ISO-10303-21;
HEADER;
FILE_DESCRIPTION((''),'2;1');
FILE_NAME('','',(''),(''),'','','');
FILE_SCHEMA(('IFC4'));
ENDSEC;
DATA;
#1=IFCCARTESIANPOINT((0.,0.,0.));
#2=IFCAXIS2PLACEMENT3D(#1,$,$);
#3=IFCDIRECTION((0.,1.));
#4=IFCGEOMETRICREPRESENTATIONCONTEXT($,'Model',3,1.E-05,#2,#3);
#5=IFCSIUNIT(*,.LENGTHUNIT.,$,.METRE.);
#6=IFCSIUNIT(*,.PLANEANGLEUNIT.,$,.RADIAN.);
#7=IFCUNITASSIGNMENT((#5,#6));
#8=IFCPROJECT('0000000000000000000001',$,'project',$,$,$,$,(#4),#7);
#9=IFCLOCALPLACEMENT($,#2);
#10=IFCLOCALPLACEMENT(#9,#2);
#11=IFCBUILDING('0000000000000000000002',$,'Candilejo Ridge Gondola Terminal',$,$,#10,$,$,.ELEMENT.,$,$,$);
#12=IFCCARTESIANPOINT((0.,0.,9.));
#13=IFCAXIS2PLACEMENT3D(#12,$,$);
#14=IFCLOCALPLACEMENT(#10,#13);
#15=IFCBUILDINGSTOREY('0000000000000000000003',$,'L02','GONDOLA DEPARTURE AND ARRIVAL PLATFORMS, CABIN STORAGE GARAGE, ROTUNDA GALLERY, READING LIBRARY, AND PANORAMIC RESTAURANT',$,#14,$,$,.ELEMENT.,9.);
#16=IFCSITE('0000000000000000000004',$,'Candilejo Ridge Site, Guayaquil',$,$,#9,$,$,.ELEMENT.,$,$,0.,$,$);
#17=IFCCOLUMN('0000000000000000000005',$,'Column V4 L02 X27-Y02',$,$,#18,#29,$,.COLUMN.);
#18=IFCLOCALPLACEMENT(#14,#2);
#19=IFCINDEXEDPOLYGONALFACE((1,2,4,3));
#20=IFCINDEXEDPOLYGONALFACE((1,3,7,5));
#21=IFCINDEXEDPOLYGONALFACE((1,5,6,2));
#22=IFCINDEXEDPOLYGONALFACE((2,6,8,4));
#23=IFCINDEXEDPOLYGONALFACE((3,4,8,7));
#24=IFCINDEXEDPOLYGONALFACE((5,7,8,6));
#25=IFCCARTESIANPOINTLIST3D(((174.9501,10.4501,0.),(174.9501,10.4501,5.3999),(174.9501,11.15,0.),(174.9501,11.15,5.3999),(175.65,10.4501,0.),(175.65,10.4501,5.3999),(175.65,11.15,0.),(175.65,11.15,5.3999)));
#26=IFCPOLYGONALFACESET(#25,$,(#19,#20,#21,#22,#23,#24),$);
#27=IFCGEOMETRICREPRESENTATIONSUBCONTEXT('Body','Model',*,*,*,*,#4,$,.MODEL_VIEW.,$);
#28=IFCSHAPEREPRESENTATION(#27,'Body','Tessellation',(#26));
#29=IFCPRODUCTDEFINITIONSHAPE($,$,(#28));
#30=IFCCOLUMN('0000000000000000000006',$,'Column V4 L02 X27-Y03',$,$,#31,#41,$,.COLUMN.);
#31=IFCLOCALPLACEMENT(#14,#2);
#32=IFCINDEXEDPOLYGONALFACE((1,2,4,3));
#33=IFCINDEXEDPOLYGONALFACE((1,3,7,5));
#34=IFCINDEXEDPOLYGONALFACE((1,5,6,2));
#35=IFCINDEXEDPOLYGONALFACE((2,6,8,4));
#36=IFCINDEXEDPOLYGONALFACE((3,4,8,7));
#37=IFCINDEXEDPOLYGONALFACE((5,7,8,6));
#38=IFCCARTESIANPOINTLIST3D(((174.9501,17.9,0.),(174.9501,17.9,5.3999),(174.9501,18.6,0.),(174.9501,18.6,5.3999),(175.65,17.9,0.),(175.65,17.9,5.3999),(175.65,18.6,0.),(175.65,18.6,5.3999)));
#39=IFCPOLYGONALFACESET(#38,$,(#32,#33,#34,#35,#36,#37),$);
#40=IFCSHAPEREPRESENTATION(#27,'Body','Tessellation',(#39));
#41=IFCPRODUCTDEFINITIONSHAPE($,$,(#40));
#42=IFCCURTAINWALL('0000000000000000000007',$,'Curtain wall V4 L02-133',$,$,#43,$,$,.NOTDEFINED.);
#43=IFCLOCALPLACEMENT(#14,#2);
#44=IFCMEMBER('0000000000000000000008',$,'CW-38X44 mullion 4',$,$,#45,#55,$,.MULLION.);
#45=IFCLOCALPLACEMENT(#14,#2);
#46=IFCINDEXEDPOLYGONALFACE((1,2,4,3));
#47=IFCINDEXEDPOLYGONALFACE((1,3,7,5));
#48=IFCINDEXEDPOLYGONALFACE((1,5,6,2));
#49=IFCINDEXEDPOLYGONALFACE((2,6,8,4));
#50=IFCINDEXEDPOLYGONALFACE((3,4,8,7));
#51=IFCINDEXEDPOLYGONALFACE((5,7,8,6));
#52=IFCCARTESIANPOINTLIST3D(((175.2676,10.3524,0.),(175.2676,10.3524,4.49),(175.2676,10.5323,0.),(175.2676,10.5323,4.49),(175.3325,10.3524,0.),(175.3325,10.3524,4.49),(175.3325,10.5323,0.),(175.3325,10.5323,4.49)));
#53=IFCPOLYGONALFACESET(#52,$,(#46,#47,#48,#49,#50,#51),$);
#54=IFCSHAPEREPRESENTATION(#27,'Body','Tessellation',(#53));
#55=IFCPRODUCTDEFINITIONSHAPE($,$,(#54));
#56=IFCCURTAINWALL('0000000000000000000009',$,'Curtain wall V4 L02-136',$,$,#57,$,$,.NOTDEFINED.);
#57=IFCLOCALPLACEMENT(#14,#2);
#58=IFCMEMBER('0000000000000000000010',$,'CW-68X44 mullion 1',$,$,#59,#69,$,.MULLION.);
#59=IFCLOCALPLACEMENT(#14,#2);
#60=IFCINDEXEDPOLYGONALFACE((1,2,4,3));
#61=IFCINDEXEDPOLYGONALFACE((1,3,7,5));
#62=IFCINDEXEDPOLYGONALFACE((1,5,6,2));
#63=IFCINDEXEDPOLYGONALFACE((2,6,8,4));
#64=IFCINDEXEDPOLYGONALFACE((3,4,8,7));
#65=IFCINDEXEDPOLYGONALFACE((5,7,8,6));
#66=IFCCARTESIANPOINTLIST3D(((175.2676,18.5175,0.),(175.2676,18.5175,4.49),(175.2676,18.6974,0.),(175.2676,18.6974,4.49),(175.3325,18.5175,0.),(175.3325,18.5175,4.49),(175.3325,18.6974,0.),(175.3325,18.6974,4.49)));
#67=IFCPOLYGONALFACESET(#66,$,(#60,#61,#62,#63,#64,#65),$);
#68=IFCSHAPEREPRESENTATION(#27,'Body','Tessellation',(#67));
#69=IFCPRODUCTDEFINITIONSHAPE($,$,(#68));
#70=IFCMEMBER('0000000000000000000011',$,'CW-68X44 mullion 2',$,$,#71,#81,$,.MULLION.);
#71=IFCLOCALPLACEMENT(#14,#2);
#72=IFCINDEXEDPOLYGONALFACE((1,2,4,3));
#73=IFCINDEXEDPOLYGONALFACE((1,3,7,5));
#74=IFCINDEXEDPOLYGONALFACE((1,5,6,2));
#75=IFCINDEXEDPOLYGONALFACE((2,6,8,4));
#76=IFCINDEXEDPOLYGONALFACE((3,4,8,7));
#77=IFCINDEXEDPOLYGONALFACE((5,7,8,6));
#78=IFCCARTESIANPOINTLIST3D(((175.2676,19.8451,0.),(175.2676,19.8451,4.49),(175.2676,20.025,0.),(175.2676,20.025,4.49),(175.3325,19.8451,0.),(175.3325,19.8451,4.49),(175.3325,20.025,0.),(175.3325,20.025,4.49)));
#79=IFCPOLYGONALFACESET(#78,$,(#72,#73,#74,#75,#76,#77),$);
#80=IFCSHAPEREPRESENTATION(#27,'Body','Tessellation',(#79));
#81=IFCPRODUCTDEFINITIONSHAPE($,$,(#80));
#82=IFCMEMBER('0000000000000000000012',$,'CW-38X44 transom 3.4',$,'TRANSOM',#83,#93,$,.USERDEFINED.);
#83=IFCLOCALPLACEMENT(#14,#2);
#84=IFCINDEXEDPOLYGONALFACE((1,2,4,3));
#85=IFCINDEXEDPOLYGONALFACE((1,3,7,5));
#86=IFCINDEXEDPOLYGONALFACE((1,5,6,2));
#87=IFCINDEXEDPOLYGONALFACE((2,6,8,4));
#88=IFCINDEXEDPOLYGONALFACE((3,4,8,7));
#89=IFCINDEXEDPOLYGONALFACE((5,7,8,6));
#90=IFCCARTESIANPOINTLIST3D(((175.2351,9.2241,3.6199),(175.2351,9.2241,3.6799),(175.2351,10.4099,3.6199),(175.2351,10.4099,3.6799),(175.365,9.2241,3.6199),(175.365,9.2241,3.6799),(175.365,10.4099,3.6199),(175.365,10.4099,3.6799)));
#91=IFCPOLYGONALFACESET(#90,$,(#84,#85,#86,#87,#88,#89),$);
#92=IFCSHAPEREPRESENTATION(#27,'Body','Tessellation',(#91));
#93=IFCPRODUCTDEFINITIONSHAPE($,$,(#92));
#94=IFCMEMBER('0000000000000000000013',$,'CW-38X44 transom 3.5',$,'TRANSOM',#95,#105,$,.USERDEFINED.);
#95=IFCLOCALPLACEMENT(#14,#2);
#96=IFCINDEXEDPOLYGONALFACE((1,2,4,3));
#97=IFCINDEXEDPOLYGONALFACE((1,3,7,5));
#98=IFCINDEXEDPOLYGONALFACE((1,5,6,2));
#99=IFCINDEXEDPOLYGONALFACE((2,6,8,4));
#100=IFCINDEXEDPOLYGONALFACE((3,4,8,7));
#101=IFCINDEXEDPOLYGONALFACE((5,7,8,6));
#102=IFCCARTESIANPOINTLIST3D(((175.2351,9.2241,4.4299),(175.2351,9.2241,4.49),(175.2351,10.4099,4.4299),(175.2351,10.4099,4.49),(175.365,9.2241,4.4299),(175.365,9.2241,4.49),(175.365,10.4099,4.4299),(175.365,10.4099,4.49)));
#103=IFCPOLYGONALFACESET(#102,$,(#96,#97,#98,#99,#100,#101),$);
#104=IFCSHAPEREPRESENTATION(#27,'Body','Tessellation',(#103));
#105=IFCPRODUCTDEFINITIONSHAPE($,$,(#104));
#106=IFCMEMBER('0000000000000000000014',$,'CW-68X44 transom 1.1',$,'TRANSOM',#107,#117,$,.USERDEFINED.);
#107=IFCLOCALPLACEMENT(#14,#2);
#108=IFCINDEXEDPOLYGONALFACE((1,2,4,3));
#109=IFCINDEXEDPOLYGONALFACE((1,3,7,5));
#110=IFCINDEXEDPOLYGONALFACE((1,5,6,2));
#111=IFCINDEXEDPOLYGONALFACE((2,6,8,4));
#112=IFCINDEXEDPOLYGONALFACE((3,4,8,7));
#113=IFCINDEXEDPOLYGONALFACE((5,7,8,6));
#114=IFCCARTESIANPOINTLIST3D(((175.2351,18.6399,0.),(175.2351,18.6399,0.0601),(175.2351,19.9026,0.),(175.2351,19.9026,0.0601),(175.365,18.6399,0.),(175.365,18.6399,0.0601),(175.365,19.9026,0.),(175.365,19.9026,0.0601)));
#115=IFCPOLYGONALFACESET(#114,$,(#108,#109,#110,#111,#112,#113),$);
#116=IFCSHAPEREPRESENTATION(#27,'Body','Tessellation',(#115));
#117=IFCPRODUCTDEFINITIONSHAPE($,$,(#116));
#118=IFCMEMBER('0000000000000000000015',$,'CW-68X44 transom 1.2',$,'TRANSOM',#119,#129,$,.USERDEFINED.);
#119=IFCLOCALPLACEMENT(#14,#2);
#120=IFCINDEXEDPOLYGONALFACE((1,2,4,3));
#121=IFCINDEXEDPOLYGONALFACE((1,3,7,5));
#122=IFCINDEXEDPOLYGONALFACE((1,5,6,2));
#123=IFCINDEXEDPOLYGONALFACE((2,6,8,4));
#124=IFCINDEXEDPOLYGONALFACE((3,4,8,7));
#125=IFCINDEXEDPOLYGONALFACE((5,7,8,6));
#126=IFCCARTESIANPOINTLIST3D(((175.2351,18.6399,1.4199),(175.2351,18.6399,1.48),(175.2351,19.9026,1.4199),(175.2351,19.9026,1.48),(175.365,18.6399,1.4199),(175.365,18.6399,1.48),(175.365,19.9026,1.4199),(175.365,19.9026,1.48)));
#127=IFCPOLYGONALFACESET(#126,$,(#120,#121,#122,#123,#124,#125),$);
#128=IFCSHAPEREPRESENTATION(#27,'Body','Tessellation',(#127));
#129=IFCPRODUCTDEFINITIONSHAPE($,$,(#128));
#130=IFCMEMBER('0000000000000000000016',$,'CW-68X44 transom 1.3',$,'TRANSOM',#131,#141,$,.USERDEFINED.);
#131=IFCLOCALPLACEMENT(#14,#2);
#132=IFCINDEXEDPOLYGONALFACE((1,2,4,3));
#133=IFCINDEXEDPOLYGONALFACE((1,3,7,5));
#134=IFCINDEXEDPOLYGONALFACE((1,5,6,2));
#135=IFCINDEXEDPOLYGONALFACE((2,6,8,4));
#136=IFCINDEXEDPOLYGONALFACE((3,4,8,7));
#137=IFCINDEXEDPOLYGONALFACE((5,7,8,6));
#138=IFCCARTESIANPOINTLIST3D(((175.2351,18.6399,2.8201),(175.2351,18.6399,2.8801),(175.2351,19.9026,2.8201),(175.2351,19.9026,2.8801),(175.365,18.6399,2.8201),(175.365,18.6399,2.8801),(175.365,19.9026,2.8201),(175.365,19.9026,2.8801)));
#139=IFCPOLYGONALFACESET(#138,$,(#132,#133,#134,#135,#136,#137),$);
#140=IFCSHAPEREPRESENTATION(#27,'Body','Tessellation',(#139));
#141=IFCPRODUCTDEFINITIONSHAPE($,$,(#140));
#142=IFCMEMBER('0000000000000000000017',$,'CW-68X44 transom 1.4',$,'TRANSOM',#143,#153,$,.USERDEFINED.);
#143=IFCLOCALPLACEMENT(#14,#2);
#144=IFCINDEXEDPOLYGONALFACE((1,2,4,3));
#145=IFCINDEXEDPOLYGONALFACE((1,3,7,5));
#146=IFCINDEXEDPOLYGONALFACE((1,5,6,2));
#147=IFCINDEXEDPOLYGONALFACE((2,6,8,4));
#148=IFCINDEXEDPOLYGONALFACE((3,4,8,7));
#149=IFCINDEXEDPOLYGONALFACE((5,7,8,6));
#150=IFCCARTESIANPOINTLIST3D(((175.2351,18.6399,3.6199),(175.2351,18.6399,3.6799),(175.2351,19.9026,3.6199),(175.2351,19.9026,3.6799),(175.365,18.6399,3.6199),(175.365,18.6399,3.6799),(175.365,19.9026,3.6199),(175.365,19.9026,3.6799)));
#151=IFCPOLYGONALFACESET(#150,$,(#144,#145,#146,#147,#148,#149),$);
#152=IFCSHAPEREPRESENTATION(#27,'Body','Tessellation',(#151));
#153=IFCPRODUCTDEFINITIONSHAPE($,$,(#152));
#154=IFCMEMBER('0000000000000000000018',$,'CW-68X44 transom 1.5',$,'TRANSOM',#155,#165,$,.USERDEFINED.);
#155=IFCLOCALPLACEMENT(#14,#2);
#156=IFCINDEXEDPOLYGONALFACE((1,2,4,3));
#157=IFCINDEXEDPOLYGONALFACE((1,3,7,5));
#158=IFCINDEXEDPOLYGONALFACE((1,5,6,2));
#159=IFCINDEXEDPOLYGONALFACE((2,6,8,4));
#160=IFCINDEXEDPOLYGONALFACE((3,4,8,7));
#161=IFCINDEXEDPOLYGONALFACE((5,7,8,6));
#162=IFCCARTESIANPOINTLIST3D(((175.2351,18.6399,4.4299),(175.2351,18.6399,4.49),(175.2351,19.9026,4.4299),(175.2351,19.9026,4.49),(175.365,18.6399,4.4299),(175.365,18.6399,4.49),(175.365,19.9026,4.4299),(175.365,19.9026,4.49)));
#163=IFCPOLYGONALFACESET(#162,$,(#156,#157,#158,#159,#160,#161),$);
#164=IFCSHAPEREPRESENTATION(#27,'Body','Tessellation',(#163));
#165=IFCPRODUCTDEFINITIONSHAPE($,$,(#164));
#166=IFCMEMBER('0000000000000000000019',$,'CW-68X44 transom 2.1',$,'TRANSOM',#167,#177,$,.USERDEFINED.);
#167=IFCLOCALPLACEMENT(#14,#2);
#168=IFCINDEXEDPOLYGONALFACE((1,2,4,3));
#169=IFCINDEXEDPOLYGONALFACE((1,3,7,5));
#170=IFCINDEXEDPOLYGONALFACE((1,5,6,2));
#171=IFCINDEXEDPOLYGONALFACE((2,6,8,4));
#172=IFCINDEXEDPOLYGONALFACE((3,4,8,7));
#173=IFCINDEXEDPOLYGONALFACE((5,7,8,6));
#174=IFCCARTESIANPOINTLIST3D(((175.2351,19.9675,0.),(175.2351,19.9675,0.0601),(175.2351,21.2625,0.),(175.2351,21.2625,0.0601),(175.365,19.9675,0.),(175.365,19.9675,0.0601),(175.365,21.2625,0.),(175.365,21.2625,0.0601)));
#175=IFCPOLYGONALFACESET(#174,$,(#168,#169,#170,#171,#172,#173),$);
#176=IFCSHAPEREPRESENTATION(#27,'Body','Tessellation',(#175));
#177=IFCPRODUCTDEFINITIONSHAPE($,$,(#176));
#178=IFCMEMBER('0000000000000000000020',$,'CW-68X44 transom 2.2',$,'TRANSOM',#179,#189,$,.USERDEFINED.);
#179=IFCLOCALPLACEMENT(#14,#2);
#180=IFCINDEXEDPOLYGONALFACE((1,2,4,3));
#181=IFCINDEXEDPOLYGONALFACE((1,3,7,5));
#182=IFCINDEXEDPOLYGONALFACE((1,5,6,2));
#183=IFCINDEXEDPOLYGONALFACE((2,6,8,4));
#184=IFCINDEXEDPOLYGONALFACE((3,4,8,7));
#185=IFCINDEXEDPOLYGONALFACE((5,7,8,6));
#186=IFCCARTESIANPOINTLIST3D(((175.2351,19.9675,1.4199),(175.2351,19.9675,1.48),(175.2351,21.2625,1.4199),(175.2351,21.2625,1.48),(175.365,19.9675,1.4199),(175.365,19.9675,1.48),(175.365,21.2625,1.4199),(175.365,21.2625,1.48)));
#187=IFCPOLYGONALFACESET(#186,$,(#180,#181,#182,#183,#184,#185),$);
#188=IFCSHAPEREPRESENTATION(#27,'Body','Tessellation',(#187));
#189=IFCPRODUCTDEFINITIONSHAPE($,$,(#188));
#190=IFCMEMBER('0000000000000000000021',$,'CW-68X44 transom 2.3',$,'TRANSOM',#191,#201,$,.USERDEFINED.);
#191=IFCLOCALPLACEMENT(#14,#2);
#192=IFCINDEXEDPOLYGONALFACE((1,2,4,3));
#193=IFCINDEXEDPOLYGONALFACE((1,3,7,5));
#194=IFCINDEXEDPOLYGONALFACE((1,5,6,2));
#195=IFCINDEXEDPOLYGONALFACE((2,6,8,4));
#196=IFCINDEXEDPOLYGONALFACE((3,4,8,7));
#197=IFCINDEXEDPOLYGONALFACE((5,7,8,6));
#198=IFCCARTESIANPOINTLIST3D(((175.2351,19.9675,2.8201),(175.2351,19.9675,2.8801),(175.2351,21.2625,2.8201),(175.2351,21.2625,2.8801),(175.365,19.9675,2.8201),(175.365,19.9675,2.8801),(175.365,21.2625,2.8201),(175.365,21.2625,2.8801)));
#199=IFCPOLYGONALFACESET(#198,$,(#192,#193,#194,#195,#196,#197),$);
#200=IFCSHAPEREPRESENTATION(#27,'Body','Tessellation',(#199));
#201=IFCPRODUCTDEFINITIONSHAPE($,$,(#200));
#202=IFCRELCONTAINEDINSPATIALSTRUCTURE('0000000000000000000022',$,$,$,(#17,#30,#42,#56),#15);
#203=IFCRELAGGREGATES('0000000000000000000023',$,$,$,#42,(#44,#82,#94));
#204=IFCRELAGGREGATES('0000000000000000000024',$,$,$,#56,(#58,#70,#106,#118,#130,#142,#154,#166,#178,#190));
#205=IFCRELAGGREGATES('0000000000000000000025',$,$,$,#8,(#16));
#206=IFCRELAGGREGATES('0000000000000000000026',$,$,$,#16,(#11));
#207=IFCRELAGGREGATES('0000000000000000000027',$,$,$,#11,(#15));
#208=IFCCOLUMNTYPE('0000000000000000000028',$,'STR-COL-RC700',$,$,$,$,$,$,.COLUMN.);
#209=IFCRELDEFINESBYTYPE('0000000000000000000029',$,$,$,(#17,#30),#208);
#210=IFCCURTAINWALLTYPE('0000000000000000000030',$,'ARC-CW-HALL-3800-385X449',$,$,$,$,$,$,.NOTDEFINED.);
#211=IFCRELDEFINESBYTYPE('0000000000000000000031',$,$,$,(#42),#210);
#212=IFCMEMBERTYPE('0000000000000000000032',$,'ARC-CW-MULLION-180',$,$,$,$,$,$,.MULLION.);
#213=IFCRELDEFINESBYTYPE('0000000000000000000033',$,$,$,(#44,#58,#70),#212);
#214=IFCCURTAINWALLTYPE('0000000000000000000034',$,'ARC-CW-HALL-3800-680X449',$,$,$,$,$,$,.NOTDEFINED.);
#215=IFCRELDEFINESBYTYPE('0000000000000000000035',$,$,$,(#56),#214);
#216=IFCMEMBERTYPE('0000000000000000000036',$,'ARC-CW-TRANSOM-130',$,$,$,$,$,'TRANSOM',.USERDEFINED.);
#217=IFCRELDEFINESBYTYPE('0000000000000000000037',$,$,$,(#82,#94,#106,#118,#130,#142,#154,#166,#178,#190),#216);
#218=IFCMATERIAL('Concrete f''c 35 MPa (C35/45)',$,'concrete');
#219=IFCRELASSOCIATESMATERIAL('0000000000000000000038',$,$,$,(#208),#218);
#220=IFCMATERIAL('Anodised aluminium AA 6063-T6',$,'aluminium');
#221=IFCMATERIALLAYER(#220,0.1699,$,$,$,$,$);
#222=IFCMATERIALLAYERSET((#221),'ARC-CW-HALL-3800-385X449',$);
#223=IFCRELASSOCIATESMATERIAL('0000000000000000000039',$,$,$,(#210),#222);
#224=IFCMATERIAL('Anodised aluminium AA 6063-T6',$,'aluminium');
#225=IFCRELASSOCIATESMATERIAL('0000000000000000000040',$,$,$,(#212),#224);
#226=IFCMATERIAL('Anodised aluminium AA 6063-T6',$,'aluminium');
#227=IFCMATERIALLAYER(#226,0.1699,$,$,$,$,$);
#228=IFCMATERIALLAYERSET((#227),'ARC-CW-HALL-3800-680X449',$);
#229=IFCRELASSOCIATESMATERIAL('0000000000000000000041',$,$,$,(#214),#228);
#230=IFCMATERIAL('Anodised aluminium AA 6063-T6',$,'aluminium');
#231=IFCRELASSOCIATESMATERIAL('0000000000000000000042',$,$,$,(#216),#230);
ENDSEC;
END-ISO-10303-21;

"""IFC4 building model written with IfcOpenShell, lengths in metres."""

from ifc_helpers import new_model, si_unit, direction, frame, origin, origin_2d, place, context, subcontext, project, spatial, rectangle, extrude, material, layer, layer_set, material_profile, profile_set, type_object, element, aggregate, save


model = new_model("IFC4")

# Units and contexts
model_context = context("Model", 3, precision=1e-05, world=origin(), true_north=direction((0.0, 1.0)))
body_context = subcontext(model_context, "Body", "Model", "MODEL_VIEW")
ifc_project = project(units=[si_unit("LENGTHUNIT", "METRE"), si_unit("PLANEANGLEUNIT", "RADIAN")], contexts=[model_context])

# Site, building, storey
site_placement = place(None, origin())
site = spatial("IfcSite", under=ifc_project, at=site_placement, Name="Candilejo Ridge Site, Guayaquil", CompositionType="ELEMENT", RefElevation=0.0)
building_placement = place(site_placement, origin())
building = spatial("IfcBuilding", under=site, at=building_placement, Name="Candilejo Ridge Gondola Terminal", CompositionType="ELEMENT")
storey_placement = place(building_placement, frame((0.0, 0.0, 9.0)))
storey = spatial("IfcBuildingStorey", under=building, at=storey_placement, Name="L02", Description="GONDOLA DEPARTURE AND ARRIVAL PLATFORMS, CABIN STORAGE GARAGE, ROTUNDA GALLERY, READING LIBRARY, AND PANORAMIC RESTAURANT", CompositionType="ELEMENT", Elevation=9.0)

# Columns
ifc_material_1 = material(Name="Concrete f'c 35 MPa (C35/45)", Category="concrete")
ifc_material_profile_1 = material_profile(ifc_material_1, rectangle(XDim=0.7, YDim=0.7, at=origin_2d()))
ifc_profile_set_1 = profile_set([ifc_material_profile_1], Name="Concrete f'c 35 MPa (C35/45)")
column_type = type_object("IfcColumnType", Name="STR-COL-RC700", PredefinedType="COLUMN", material=ifc_profile_set_1)
for number, where, z_axis, x_axis, name in (
    (1, (175.3, 10.8, 0.0), (0.0, 0.0, 1.0), (1.0, 0.0, 0.0), "Column V4 L02 X27-Y02"),
    (2, (175.3, 18.25, 0.0), (0.0, 0.0, 1.0), (1.0, 0.0, 0.0), "Column V4 L02 X27-Y03"),
):
    element("IfcColumn", number, at=place(storey_placement, frame(where, z_axis=z_axis, x_axis=x_axis)), inside=storey, type_object=column_type, Name=name, PredefinedType="COLUMN", context=body_context, shape_type="SweptSolid", body=[
        extrude(rectangle(XDim=0.7, YDim=0.7, at=origin_2d()), origin(), (0.0, 0.0, 1.0), 5.3999),
    ])

# Curtain wall, member
ifc_material_2 = material(Name="Anodised aluminium AA 6063-T6", Category="aluminium")
ifc_layer_1 = layer(ifc_material_2, 0.1699)
ifc_layer_set_1 = layer_set([ifc_layer_1], Name="ARC-CW-HALL-3800-385X449")
curtain_wall_type_1 = type_object("IfcCurtainWallType", Name="ARC-CW-HALL-3800-385X449", PredefinedType="NOTDEFINED", material=ifc_layer_set_1)
curtain_wall_1_placement = place(storey_placement, origin())
curtain_wall_1 = element("IfcCurtainWall", 3, at=curtain_wall_1_placement, inside=storey, type_object=curtain_wall_type_1, Name="Curtain wall V4 L02-133", PredefinedType="NOTDEFINED")
ifc_material_3 = material(Name="Anodised aluminium AA 6063-T6", Category="aluminium")
ifc_material_profile_2 = material_profile(ifc_material_3, rectangle(XDim=0.0649, YDim=0.1799, at=origin_2d()))
ifc_profile_set_2 = profile_set([ifc_material_profile_2], Name="Anodised aluminium AA 6063-T6")
member_type_1 = type_object("IfcMemberType", Name="ARC-CW-MULLION-180", PredefinedType="MULLION", material=ifc_profile_set_2)
member_1_placement = place(storey_placement, frame((175.3, 10.4424, 0.0), z_axis=(0.0, 0.0, 1.0), x_axis=(-1.0, 0.0, 0.0)))
member_1 = element("IfcMember", 4, at=member_1_placement, type_object=member_type_1, Name="CW-38X44 mullion 4", PredefinedType="MULLION", context=body_context, shape_type="SweptSolid", body=[
    extrude(rectangle(XDim=0.0649, YDim=0.1799, at=origin_2d()), origin(), (0.0, 0.0, 1.0), 4.49),
])

# Curtain wall, members
ifc_material_4 = material(Name="Anodised aluminium AA 6063-T6", Category="aluminium")
ifc_layer_2 = layer(ifc_material_4, 0.1699)
ifc_layer_set_2 = layer_set([ifc_layer_2], Name="ARC-CW-HALL-3800-680X449")
curtain_wall_type_2 = type_object("IfcCurtainWallType", Name="ARC-CW-HALL-3800-680X449", PredefinedType="NOTDEFINED", material=ifc_layer_set_2)
curtain_wall_2_placement = place(storey_placement, origin())
curtain_wall_2 = element("IfcCurtainWall", 5, at=curtain_wall_2_placement, inside=storey, type_object=curtain_wall_type_2, Name="Curtain wall V4 L02-136", PredefinedType="NOTDEFINED")
member_2_placement = place(storey_placement, frame((175.3, 18.6074, 0.0), z_axis=(0.0, 0.0, 1.0), x_axis=(-1.0, 0.0, 0.0)))
member_2 = element("IfcMember", 6, at=member_2_placement, type_object=member_type_1, Name="CW-68X44 mullion 1", PredefinedType="MULLION", context=body_context, shape_type="SweptSolid", body=[
    extrude(rectangle(XDim=0.0649, YDim=0.1799, at=origin_2d()), origin(), (0.0, 0.0, 1.0), 4.49),
])
member_3_placement = place(storey_placement, frame((175.3, 19.9351, 0.0), z_axis=(0.0, 0.0, 1.0), x_axis=(-1.0, 0.0, 0.0)))
member_3 = element("IfcMember", 7, at=member_3_placement, type_object=member_type_1, Name="CW-68X44 mullion 2", PredefinedType="MULLION", context=body_context, shape_type="SweptSolid", body=[
    extrude(rectangle(XDim=0.0649, YDim=0.1799, at=origin_2d()), origin(), (0.0, 0.0, 1.0), 4.49),
])

# Members
ifc_material_5 = material(Name="Anodised aluminium AA 6063-T6", Category="aluminium")
ifc_material_profile_3 = material_profile(ifc_material_5, rectangle(XDim=0.1299, YDim=0.0601, at=origin_2d()))
ifc_profile_set_3 = profile_set([ifc_material_profile_3], Name="Anodised aluminium AA 6063-T6")
member_type_2 = type_object("IfcMemberType", Name="ARC-CW-TRANSOM-130", ElementType="TRANSOM", PredefinedType="USERDEFINED", material=ifc_profile_set_3)
member_4_placement = place(storey_placement, frame((175.3, 9.2241, 3.6499), z_axis=(0.0, 1.0, 0.0), x_axis=(-1.0, 0.0, 0.0)))
member_4 = element("IfcMember", 8, at=member_4_placement, type_object=member_type_2, Name="CW-38X44 transom 3.4", ObjectType="TRANSOM", PredefinedType="USERDEFINED", context=body_context, shape_type="SweptSolid", body=[
    extrude(rectangle(XDim=0.1299, YDim=0.0601, at=origin_2d()), origin(), (0.0, 0.0, 1.0), 1.1858),
])
member_5_placement = place(storey_placement, frame((175.3, 9.2241, 4.46), z_axis=(0.0, 1.0, 0.0), x_axis=(-1.0, 0.0, 0.0)))
member_5 = element("IfcMember", 9, at=member_5_placement, type_object=member_type_2, Name="CW-38X44 transom 3.5", ObjectType="TRANSOM", PredefinedType="USERDEFINED", context=body_context, shape_type="SweptSolid", body=[
    extrude(rectangle(XDim=0.1299, YDim=0.0601, at=origin_2d()), origin(), (0.0, 0.0, 1.0), 1.1858),
])
member_6_placement = place(storey_placement, frame((175.3, 18.6399, 0.03), z_axis=(0.0, 1.0, 0.0), x_axis=(-1.0, 0.0, 0.0)))
member_6 = element("IfcMember", 10, at=member_6_placement, type_object=member_type_2, Name="CW-68X44 transom 1.1", ObjectType="TRANSOM", PredefinedType="USERDEFINED", context=body_context, shape_type="SweptSolid", body=[
    extrude(rectangle(XDim=0.1299, YDim=0.0601, at=origin_2d()), origin(), (0.0, 0.0, 1.0), 1.2627),
])
member_7_placement = place(storey_placement, frame((175.3, 18.6399, 1.45), z_axis=(0.0, 1.0, 0.0), x_axis=(-1.0, 0.0, 0.0)))
member_7 = element("IfcMember", 11, at=member_7_placement, type_object=member_type_2, Name="CW-68X44 transom 1.2", ObjectType="TRANSOM", PredefinedType="USERDEFINED", context=body_context, shape_type="SweptSolid", body=[
    extrude(rectangle(XDim=0.1299, YDim=0.0601, at=origin_2d()), origin(), (0.0, 0.0, 1.0), 1.2627),
])
member_8_placement = place(storey_placement, frame((175.3, 18.6399, 2.8501), z_axis=(0.0, 1.0, 0.0), x_axis=(-1.0, 0.0, 0.0)))
member_8 = element("IfcMember", 12, at=member_8_placement, type_object=member_type_2, Name="CW-68X44 transom 1.3", ObjectType="TRANSOM", PredefinedType="USERDEFINED", context=body_context, shape_type="SweptSolid", body=[
    extrude(rectangle(XDim=0.1299, YDim=0.0601, at=origin_2d()), origin(), (0.0, 0.0, 1.0), 1.2627),
])
member_9_placement = place(storey_placement, frame((175.3, 18.6399, 3.6499), z_axis=(0.0, 1.0, 0.0), x_axis=(-1.0, 0.0, 0.0)))
member_9 = element("IfcMember", 13, at=member_9_placement, type_object=member_type_2, Name="CW-68X44 transom 1.4", ObjectType="TRANSOM", PredefinedType="USERDEFINED", context=body_context, shape_type="SweptSolid", body=[
    extrude(rectangle(XDim=0.1299, YDim=0.0601, at=origin_2d()), origin(), (0.0, 0.0, 1.0), 1.2627),
])
member_10_placement = place(storey_placement, frame((175.3, 18.6399, 4.46), z_axis=(0.0, 1.0, 0.0), x_axis=(-1.0, 0.0, 0.0)))
member_10 = element("IfcMember", 14, at=member_10_placement, type_object=member_type_2, Name="CW-68X44 transom 1.5", ObjectType="TRANSOM", PredefinedType="USERDEFINED", context=body_context, shape_type="SweptSolid", body=[
    extrude(rectangle(XDim=0.1299, YDim=0.0601, at=origin_2d()), origin(), (0.0, 0.0, 1.0), 1.2627),
])
member_11_placement = place(storey_placement, frame((175.3, 19.9675, 0.03), z_axis=(0.0, 1.0, 0.0), x_axis=(-1.0, 0.0, 0.0)))
member_11 = element("IfcMember", 15, at=member_11_placement, type_object=member_type_2, Name="CW-68X44 transom 2.1", ObjectType="TRANSOM", PredefinedType="USERDEFINED", context=body_context, shape_type="SweptSolid", body=[
    extrude(rectangle(XDim=0.1299, YDim=0.0601, at=origin_2d()), origin(), (0.0, 0.0, 1.0), 1.2949),
])
member_12_placement = place(storey_placement, frame((175.3, 19.9675, 1.45), z_axis=(0.0, 1.0, 0.0), x_axis=(-1.0, 0.0, 0.0)))
member_12 = element("IfcMember", 16, at=member_12_placement, type_object=member_type_2, Name="CW-68X44 transom 2.2", ObjectType="TRANSOM", PredefinedType="USERDEFINED", context=body_context, shape_type="SweptSolid", body=[
    extrude(rectangle(XDim=0.1299, YDim=0.0601, at=origin_2d()), origin(), (0.0, 0.0, 1.0), 1.2949),
])
member_13_placement = place(storey_placement, frame((175.3, 19.9675, 2.8501), z_axis=(0.0, 1.0, 0.0), x_axis=(-1.0, 0.0, 0.0)))
member_13 = element("IfcMember", 17, at=member_13_placement, type_object=member_type_2, Name="CW-68X44 transom 2.3", ObjectType="TRANSOM", PredefinedType="USERDEFINED", context=body_context, shape_type="SweptSolid", body=[
    extrude(rectangle(XDim=0.1299, YDim=0.0601, at=origin_2d()), origin(), (0.0, 0.0, 1.0), 1.2949),
])

aggregate(curtain_wall_1, [member_1, member_4, member_5])
aggregate(curtain_wall_2, [member_2, member_3, member_6, member_7, member_8, member_9, member_10, member_11, member_12, member_13])

save(model, "model.ifc")
